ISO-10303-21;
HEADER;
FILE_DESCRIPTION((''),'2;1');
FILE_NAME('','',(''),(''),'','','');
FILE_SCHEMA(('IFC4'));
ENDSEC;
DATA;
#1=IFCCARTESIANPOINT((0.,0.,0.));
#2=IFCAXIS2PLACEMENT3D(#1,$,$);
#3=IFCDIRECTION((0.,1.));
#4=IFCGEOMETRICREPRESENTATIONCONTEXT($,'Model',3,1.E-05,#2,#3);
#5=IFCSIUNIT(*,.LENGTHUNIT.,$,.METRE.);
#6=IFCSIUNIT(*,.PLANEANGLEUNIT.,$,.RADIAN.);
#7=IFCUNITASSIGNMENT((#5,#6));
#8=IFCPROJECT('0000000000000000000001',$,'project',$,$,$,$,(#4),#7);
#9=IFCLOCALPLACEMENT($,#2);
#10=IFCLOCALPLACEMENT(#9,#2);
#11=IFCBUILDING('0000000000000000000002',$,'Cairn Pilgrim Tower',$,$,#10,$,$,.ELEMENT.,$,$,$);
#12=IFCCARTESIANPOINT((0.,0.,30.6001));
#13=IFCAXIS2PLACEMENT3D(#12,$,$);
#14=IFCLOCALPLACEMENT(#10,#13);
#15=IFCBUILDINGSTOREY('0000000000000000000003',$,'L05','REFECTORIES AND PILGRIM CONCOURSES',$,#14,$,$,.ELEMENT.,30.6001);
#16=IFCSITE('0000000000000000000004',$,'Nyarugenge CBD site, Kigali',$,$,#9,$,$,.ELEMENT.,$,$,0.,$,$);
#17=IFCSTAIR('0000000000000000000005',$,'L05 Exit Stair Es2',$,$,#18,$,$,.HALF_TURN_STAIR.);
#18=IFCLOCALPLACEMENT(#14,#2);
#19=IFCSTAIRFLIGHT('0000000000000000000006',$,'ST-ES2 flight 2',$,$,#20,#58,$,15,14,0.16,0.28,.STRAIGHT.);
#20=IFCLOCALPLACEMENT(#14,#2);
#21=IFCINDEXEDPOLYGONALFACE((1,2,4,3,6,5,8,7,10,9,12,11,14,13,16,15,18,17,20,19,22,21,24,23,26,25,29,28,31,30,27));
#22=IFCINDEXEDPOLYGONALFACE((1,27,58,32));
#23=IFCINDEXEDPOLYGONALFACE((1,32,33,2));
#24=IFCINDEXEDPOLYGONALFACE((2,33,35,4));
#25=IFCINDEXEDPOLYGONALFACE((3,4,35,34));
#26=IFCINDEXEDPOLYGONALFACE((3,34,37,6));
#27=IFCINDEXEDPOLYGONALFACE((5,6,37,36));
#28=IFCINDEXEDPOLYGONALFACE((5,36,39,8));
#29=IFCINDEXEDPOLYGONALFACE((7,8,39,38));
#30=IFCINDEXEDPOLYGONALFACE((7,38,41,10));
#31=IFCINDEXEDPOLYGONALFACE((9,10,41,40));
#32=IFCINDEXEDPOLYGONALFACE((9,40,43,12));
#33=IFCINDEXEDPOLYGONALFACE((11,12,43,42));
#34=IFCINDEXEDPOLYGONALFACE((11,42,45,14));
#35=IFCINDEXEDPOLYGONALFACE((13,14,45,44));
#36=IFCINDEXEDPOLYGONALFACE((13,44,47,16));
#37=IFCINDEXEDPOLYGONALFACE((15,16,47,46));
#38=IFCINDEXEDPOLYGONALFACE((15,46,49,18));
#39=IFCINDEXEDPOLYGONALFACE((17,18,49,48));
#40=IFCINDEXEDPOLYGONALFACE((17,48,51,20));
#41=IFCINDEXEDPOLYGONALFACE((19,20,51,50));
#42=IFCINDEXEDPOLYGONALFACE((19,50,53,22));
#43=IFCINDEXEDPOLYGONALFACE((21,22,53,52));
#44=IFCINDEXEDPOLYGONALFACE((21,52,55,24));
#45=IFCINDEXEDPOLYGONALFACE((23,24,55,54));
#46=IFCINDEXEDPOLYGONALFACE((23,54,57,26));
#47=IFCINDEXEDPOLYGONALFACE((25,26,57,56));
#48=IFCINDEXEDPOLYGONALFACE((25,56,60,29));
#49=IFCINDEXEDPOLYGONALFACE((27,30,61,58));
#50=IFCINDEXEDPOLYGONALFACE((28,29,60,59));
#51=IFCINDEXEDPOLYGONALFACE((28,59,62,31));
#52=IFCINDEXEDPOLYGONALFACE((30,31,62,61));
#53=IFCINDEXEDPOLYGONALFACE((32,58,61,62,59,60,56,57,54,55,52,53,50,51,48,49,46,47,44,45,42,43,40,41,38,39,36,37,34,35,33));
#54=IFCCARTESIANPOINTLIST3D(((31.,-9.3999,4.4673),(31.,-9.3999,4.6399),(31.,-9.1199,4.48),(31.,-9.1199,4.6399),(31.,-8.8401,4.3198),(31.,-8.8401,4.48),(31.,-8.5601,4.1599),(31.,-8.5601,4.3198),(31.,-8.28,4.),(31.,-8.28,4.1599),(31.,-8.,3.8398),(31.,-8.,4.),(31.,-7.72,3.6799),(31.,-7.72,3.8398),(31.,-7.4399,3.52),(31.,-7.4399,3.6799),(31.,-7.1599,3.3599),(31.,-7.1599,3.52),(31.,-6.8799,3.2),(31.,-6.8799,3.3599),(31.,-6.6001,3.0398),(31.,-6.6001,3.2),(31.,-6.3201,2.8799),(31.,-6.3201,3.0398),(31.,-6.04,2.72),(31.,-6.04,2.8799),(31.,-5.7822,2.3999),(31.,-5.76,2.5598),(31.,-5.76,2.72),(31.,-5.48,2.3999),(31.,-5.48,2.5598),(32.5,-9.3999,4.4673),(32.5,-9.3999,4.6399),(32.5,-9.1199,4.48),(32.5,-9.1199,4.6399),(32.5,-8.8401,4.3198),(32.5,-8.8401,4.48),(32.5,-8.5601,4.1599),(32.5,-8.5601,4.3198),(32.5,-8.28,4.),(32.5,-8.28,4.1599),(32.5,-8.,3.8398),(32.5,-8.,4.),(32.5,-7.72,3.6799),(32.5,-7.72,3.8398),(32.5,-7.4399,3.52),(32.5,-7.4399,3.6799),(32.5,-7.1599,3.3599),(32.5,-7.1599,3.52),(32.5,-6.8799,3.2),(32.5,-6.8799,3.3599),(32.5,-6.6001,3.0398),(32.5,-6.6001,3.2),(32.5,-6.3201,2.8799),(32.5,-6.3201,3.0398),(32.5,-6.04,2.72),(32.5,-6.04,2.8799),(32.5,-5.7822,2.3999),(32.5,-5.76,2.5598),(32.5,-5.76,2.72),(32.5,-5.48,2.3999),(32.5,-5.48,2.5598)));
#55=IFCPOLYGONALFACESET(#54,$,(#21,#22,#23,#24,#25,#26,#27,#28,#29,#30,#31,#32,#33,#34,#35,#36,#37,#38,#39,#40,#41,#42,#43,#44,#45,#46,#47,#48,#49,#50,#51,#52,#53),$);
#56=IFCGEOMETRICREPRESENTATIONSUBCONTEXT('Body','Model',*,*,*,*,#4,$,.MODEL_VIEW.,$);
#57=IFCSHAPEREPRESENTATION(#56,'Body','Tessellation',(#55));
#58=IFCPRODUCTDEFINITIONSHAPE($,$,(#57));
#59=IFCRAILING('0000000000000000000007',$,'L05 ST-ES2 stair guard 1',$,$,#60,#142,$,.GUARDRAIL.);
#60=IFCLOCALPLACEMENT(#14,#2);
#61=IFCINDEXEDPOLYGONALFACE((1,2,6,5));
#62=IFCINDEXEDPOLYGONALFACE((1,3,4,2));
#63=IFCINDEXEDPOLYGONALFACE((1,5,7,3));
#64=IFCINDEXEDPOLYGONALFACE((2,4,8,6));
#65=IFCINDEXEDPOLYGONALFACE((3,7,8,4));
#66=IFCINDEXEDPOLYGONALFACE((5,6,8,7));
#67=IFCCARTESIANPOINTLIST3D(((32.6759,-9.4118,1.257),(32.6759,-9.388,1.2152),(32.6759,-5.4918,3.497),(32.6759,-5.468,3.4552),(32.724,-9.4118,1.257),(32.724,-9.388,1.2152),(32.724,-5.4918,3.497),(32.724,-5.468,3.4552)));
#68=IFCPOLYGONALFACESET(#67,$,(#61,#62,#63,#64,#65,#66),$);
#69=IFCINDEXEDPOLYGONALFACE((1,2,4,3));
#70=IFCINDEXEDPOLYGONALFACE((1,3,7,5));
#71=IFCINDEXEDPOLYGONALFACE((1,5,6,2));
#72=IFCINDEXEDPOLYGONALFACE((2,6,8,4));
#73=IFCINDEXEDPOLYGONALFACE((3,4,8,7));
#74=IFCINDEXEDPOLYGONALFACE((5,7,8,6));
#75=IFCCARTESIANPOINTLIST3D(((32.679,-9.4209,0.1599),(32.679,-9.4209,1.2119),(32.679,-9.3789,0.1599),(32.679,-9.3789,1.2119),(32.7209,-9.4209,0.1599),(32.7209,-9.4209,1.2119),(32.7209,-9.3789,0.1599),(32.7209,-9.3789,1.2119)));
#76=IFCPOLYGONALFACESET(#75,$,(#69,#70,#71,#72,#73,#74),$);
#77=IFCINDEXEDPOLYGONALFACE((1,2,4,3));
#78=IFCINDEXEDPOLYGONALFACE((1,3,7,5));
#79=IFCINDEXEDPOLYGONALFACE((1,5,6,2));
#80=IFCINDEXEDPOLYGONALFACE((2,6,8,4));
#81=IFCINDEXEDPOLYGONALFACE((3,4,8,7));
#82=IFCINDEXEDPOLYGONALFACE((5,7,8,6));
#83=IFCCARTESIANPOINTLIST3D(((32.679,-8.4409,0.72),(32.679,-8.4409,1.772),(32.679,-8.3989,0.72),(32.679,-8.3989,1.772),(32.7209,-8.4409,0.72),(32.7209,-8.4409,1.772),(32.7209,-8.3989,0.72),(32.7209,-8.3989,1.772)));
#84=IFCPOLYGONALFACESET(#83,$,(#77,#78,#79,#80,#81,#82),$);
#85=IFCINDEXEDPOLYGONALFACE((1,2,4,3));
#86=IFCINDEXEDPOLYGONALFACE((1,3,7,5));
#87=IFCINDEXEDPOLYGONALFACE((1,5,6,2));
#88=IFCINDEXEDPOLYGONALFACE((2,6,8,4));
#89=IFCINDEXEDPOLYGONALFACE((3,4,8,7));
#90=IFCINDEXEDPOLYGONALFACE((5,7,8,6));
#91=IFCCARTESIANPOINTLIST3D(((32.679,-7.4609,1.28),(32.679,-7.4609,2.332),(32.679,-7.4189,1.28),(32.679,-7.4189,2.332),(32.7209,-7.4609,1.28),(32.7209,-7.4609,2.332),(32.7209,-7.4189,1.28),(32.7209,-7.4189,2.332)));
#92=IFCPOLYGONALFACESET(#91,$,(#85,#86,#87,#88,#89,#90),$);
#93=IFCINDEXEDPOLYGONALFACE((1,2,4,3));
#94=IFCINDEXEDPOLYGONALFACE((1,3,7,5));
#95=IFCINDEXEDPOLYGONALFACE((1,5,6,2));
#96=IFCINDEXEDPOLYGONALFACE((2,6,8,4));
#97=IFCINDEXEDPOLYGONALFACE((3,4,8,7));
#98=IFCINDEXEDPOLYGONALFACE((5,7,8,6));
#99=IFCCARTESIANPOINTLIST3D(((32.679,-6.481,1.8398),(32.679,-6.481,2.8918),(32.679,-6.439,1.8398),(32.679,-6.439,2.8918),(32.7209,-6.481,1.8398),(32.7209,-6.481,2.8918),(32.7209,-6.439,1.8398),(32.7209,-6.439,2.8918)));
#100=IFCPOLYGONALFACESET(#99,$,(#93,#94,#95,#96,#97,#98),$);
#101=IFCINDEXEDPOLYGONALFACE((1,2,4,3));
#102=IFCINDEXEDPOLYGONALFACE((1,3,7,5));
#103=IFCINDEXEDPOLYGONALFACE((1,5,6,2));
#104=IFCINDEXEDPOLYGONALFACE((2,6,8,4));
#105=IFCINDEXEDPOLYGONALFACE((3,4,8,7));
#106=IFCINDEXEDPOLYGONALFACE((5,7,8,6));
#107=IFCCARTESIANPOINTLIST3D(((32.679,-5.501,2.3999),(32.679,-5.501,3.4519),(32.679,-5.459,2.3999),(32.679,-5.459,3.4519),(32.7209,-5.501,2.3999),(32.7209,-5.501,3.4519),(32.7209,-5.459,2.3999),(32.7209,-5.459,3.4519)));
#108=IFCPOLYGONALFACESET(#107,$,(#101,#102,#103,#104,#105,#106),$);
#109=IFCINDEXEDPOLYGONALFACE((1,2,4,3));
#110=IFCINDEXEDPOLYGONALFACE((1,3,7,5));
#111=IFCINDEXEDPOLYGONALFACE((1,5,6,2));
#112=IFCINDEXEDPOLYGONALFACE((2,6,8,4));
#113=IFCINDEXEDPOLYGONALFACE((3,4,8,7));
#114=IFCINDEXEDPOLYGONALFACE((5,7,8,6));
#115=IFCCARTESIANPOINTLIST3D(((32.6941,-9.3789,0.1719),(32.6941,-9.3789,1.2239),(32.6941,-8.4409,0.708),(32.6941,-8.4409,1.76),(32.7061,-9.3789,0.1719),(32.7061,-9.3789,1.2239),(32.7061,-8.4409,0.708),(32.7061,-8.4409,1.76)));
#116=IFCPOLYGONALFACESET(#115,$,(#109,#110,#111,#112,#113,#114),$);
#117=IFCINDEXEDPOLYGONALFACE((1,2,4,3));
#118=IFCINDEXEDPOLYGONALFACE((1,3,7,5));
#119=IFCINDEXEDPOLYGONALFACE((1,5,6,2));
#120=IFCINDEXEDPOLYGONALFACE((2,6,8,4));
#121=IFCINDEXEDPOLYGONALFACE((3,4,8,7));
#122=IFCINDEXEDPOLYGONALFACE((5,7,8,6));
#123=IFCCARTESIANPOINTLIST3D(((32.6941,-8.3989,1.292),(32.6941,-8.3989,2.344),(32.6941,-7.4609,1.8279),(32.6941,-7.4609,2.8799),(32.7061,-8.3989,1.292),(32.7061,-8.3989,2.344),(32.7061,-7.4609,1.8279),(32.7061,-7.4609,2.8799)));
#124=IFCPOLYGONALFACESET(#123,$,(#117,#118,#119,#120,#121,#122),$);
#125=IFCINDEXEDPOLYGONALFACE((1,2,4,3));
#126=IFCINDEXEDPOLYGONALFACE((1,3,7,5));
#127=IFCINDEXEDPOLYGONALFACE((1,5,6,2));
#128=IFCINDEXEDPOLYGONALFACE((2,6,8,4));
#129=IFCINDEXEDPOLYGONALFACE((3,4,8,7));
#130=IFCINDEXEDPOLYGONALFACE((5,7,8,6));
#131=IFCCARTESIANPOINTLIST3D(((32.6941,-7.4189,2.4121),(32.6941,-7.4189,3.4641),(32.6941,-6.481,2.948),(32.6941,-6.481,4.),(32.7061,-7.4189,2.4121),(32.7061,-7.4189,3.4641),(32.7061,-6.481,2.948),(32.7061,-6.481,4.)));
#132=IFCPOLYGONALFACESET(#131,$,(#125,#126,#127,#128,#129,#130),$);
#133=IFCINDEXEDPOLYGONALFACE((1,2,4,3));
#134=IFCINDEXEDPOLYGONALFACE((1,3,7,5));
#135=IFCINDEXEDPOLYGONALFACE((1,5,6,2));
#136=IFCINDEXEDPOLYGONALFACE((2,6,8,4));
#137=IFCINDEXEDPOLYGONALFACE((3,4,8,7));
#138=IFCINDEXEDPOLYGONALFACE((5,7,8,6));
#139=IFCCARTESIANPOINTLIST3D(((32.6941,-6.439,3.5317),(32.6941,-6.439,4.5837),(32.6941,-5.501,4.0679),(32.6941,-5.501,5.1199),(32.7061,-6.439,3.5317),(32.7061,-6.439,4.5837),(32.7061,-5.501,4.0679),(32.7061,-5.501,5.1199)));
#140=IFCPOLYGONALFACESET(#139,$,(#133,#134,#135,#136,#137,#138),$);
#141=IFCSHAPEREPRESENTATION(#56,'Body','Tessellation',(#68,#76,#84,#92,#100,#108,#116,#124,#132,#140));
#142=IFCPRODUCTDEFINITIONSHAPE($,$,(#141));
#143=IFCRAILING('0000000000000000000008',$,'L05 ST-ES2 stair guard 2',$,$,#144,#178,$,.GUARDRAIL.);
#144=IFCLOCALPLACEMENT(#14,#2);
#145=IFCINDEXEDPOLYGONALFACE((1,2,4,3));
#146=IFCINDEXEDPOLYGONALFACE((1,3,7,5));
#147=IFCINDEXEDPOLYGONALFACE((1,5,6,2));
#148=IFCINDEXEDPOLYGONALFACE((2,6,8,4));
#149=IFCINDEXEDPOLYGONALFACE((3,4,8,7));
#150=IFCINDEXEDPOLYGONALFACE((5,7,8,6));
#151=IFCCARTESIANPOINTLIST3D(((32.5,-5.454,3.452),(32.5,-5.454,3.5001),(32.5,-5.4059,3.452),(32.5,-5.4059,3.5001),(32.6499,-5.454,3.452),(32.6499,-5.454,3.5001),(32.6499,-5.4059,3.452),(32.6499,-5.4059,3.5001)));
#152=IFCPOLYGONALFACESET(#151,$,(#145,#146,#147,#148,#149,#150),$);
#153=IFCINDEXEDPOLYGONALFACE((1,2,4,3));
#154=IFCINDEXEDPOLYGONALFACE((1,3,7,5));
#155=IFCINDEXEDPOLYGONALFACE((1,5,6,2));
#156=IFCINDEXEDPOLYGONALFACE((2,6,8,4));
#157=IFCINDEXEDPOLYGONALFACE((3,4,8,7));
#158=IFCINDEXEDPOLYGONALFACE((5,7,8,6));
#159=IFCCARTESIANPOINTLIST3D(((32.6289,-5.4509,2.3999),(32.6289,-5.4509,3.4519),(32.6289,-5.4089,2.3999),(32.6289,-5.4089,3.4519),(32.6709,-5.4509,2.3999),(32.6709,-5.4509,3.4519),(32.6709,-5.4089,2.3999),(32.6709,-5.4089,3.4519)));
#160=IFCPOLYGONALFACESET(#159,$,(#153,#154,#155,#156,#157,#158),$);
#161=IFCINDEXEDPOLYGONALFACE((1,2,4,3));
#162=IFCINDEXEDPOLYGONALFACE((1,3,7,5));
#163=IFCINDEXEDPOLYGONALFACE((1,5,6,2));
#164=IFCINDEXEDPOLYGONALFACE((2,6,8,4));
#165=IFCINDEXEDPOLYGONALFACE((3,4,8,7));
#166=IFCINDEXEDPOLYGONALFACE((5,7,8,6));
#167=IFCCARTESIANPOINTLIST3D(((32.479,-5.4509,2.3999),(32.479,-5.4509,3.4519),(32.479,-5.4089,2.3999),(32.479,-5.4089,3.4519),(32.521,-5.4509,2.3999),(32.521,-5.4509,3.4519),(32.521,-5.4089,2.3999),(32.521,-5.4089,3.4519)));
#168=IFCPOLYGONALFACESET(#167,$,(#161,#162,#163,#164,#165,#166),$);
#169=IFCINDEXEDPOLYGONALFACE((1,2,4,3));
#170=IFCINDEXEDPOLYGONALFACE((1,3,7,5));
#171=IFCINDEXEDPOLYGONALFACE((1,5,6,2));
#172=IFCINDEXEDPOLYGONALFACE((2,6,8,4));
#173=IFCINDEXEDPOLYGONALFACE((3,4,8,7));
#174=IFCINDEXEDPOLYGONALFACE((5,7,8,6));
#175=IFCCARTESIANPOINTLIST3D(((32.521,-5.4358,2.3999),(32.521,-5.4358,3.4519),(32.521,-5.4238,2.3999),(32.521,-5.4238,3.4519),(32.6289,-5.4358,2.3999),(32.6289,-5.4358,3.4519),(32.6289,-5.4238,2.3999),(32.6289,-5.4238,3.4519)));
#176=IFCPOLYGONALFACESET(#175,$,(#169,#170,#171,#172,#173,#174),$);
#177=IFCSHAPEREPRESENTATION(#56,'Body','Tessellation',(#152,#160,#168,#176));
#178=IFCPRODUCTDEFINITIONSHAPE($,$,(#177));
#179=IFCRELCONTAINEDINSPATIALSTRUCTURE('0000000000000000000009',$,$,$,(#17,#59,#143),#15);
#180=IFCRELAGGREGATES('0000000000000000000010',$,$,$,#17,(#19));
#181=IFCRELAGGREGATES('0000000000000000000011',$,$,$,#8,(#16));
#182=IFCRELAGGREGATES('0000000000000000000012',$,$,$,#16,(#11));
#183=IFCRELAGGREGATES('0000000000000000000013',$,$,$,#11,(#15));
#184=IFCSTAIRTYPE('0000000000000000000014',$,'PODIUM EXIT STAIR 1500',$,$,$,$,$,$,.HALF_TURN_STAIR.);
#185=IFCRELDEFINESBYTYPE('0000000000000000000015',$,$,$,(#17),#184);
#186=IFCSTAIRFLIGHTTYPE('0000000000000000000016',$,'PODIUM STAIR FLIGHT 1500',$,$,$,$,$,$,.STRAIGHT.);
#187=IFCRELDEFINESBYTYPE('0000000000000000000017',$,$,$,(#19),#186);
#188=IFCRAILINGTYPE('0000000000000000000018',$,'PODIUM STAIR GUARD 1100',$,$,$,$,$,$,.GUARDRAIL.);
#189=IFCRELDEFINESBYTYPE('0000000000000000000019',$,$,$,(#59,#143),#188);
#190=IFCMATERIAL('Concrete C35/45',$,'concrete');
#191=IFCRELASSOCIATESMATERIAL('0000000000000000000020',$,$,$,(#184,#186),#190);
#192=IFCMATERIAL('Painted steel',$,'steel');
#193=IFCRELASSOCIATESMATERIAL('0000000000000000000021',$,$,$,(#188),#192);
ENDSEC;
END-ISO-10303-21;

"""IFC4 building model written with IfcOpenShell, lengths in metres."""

from ifc_helpers import new_model, si_unit, direction, frame, origin, origin_2d, place, context, subcontext, project, spatial, polyline, rectangle, outline, extrude, material, type_object, element, aggregate, save


model = new_model("IFC4")

# Units and contexts
model_context = context("Model", 3, precision=1e-05, world=origin(), true_north=direction((0.0, 1.0)))
body_context = subcontext(model_context, "Body", "Model", "MODEL_VIEW")
ifc_project = project(units=[si_unit("LENGTHUNIT", "METRE"), si_unit("PLANEANGLEUNIT", "RADIAN")], contexts=[model_context])

# Site, building, storey
site_placement = place(None, origin())
site = spatial("IfcSite", under=ifc_project, at=site_placement, Name="Nyarugenge CBD site, Kigali", CompositionType="ELEMENT", RefElevation=0.0)
building_placement = place(site_placement, origin())
building = spatial("IfcBuilding", under=site, at=building_placement, Name="Cairn Pilgrim Tower", CompositionType="ELEMENT")
storey_placement = place(building_placement, frame((0.0, 0.0, 30.6001)))
storey = spatial("IfcBuildingStorey", under=building, at=storey_placement, Name="L05", Description="REFECTORIES AND PILGRIM CONCOURSES", CompositionType="ELEMENT", Elevation=30.6001)

# Shared definitions
ifc_material_1 = material(Name="Concrete C35/45", Category="concrete")

# Stair, stair flight
stair_type = type_object("IfcStairType", Name="PODIUM EXIT STAIR 1500", PredefinedType="HALF_TURN_STAIR", material=ifc_material_1)
stair_placement = place(storey_placement, origin())
stair = element("IfcStair", 1, at=stair_placement, inside=storey, type_object=stair_type, Name="L05 Exit Stair Es2", PredefinedType="HALF_TURN_STAIR")
stair_flight_type = type_object("IfcStairFlightType", Name="PODIUM STAIR FLIGHT 1500", PredefinedType="STRAIGHT", material=ifc_material_1)
stair_flight_1_placement = place(storey_placement, frame((31.75, -5.48, 2.3999), z_axis=(0.0, 0.0, 1.0), x_axis=(0.0, -1.0, 0.0)))
stair_flight_1 = element("IfcStairFlight", 2, at=stair_flight_1_placement, type_object=stair_flight_type, Name="ST-ES2 flight 2", NumberOfRisers=15, NumberOfTreads=14, PredefinedType="STRAIGHT", RiserHeight=0.16, TreadLength=0.28, context=body_context, shape_type="SweptSolid", body=[
    extrude(outline(polyline([(0.0, 0.0), (0.0, 0.1599), (0.28, 0.1599), (0.28, 0.3201), (0.5601, 0.3201), (0.5601, 0.48), (0.8401, 0.48), (0.8401, 0.6399), (1.1201, 0.6399), (1.1201, 0.8), (1.3999, 0.8), (1.3999, 0.96), (1.6799, 0.96), (1.6799, 1.1201), (1.96, 1.1201), (1.96, 1.28), (2.24, 1.28), (2.24, 1.4399), (2.52, 1.4399), (2.52, 1.6001), (2.8, 1.6001), (2.8, 1.76), (3.0801, 1.76), (3.0801, 1.9199), (3.3601, 1.9199), (3.3601, 2.0801), (3.6399, 2.0801), (3.6399, 2.24), (3.9199, 2.24), (3.9199, 2.3999), (3.9199, 2.0674), (0.3022, 0.0), (0.0, 0.0)])), frame((0.0, 0.75, 0.0), z_axis=(0.0, -1.0, 0.0), x_axis=(1.0, 0.0, 0.0)), (0.0, 0.0, 1.0), 1.5),
])
aggregate(stair, [stair_flight_1])

# Railings
ifc_material_2 = material(Name="Painted steel", Category="steel")
railing_type_1 = type_object("IfcRailingType", Name="PODIUM STAIR GUARD 1100", PredefinedType="GUARDRAIL", material=ifc_material_2)
railing_1_placement = place(storey_placement, frame((32.7, -9.3999, 0.1599)))
element("IfcRailing", 3, at=railing_1_placement, inside=storey, type_object=railing_type_1, Name="L05 ST-ES2 stair guard 1", PredefinedType="GUARDRAIL", context=body_context, shape_type="SweptSolid", body=[
    extrude(rectangle(XDim=0.0481, YDim=0.0481, at=origin_2d()), frame((0.0, 0.0, 1.0762), z_axis=(0.0, 0.86824, 0.496145), x_axis=(-1.0, 0.0, 0.0)), (0.0, 0.0, 1.0), 4.5149),
    extrude(rectangle(XDim=0.042, YDim=0.042, at=origin_2d()), origin(), (0.0, 0.0, 1.0), 1.052),
    extrude(rectangle(XDim=0.042, YDim=0.042, at=origin_2d()), frame((0.0, 0.98, 0.5601)), (0.0, 0.0, 1.0), 1.052),
    extrude(rectangle(XDim=0.042, YDim=0.042, at=origin_2d()), frame((0.0, 1.96, 1.1201)), (0.0, 0.0, 1.0), 1.052),
    extrude(rectangle(XDim=0.042, YDim=0.042, at=origin_2d()), frame((0.0, 2.9399, 1.6799)), (0.0, 0.0, 1.0), 1.052),
    extrude(rectangle(XDim=0.042, YDim=0.042, at=origin_2d()), frame((0.0, 3.9199, 2.24)), (0.0, 0.0, 1.0), 1.052),
    extrude(outline(polyline([(0.021, 0.012), (0.959, 0.5481), (0.959, 1.6001), (0.021, 1.064), (0.021, 0.012)])), frame((-0.0059, 0.0, 0.0), z_axis=(1.0, 0.0, 0.0), x_axis=(0.0, 1.0, 0.0)), (0.0, 0.0, 1.0), 0.012),
    extrude(outline(polyline([(0.021, 0.572), (0.959, 1.1079), (0.959, 2.1599), (0.021, 1.624), (0.021, 0.572)])), frame((-0.0059, 0.98, 0.5601), z_axis=(1.0, 0.0, 0.0), x_axis=(0.0, 1.0, 0.0)), (0.0, 0.0, 1.0), 0.012),
    extrude(outline(polyline([(0.021, 1.1321), (0.959, 1.668), (0.959, 2.72), (0.021, 2.1841), (0.021, 1.1321)])), frame((-0.0059, 1.96, 1.1201), z_axis=(1.0, 0.0, 0.0), x_axis=(0.0, 1.0, 0.0)), (0.0, 0.0, 1.0), 0.012),
    extrude(outline(polyline([(0.021, 1.6919), (0.959, 2.228), (0.959, 3.28), (0.021, 2.7439), (0.021, 1.6919)])), frame((-0.0059, 2.9399, 1.6799), z_axis=(1.0, 0.0, 0.0), x_axis=(0.0, 1.0, 0.0)), (0.0, 0.0, 1.0), 0.012),
])
railing_2_placement = place(storey_placement, frame((32.6499, -5.4299, 2.3999)))
element("IfcRailing", 4, at=railing_2_placement, inside=storey, type_object=railing_type_1, Name="L05 ST-ES2 stair guard 2", PredefinedType="GUARDRAIL", context=body_context, shape_type="SweptSolid", body=[
    extrude(rectangle(XDim=0.0481, YDim=0.0481, at=origin_2d()), frame((0.0, 0.0, 1.0762), z_axis=(-1.0, 0.0, 0.0), x_axis=(0.0, -1.0, 0.0)), (0.0, 0.0, 1.0), 0.1499),
    extrude(rectangle(XDim=0.042, YDim=0.042, at=origin_2d()), origin(), (0.0, 0.0, 1.0), 1.052),
    extrude(rectangle(XDim=0.042, YDim=0.042, at=origin_2d()), frame((-0.1499, 0.0, 0.0)), (0.0, 0.0, 1.0), 1.052),
    extrude(outline(polyline([(0.021, 0.0), (0.1289, 0.0), (0.1289, 1.052), (0.021, 1.052), (0.021, 0.0)])), frame((0.0, -0.0059, 0.0), z_axis=(0.0, 1.0, 0.0), x_axis=(-1.0, 0.0, 0.0)), (0.0, 0.0, 1.0), 0.012),
])

save(model, "model.ifc")
